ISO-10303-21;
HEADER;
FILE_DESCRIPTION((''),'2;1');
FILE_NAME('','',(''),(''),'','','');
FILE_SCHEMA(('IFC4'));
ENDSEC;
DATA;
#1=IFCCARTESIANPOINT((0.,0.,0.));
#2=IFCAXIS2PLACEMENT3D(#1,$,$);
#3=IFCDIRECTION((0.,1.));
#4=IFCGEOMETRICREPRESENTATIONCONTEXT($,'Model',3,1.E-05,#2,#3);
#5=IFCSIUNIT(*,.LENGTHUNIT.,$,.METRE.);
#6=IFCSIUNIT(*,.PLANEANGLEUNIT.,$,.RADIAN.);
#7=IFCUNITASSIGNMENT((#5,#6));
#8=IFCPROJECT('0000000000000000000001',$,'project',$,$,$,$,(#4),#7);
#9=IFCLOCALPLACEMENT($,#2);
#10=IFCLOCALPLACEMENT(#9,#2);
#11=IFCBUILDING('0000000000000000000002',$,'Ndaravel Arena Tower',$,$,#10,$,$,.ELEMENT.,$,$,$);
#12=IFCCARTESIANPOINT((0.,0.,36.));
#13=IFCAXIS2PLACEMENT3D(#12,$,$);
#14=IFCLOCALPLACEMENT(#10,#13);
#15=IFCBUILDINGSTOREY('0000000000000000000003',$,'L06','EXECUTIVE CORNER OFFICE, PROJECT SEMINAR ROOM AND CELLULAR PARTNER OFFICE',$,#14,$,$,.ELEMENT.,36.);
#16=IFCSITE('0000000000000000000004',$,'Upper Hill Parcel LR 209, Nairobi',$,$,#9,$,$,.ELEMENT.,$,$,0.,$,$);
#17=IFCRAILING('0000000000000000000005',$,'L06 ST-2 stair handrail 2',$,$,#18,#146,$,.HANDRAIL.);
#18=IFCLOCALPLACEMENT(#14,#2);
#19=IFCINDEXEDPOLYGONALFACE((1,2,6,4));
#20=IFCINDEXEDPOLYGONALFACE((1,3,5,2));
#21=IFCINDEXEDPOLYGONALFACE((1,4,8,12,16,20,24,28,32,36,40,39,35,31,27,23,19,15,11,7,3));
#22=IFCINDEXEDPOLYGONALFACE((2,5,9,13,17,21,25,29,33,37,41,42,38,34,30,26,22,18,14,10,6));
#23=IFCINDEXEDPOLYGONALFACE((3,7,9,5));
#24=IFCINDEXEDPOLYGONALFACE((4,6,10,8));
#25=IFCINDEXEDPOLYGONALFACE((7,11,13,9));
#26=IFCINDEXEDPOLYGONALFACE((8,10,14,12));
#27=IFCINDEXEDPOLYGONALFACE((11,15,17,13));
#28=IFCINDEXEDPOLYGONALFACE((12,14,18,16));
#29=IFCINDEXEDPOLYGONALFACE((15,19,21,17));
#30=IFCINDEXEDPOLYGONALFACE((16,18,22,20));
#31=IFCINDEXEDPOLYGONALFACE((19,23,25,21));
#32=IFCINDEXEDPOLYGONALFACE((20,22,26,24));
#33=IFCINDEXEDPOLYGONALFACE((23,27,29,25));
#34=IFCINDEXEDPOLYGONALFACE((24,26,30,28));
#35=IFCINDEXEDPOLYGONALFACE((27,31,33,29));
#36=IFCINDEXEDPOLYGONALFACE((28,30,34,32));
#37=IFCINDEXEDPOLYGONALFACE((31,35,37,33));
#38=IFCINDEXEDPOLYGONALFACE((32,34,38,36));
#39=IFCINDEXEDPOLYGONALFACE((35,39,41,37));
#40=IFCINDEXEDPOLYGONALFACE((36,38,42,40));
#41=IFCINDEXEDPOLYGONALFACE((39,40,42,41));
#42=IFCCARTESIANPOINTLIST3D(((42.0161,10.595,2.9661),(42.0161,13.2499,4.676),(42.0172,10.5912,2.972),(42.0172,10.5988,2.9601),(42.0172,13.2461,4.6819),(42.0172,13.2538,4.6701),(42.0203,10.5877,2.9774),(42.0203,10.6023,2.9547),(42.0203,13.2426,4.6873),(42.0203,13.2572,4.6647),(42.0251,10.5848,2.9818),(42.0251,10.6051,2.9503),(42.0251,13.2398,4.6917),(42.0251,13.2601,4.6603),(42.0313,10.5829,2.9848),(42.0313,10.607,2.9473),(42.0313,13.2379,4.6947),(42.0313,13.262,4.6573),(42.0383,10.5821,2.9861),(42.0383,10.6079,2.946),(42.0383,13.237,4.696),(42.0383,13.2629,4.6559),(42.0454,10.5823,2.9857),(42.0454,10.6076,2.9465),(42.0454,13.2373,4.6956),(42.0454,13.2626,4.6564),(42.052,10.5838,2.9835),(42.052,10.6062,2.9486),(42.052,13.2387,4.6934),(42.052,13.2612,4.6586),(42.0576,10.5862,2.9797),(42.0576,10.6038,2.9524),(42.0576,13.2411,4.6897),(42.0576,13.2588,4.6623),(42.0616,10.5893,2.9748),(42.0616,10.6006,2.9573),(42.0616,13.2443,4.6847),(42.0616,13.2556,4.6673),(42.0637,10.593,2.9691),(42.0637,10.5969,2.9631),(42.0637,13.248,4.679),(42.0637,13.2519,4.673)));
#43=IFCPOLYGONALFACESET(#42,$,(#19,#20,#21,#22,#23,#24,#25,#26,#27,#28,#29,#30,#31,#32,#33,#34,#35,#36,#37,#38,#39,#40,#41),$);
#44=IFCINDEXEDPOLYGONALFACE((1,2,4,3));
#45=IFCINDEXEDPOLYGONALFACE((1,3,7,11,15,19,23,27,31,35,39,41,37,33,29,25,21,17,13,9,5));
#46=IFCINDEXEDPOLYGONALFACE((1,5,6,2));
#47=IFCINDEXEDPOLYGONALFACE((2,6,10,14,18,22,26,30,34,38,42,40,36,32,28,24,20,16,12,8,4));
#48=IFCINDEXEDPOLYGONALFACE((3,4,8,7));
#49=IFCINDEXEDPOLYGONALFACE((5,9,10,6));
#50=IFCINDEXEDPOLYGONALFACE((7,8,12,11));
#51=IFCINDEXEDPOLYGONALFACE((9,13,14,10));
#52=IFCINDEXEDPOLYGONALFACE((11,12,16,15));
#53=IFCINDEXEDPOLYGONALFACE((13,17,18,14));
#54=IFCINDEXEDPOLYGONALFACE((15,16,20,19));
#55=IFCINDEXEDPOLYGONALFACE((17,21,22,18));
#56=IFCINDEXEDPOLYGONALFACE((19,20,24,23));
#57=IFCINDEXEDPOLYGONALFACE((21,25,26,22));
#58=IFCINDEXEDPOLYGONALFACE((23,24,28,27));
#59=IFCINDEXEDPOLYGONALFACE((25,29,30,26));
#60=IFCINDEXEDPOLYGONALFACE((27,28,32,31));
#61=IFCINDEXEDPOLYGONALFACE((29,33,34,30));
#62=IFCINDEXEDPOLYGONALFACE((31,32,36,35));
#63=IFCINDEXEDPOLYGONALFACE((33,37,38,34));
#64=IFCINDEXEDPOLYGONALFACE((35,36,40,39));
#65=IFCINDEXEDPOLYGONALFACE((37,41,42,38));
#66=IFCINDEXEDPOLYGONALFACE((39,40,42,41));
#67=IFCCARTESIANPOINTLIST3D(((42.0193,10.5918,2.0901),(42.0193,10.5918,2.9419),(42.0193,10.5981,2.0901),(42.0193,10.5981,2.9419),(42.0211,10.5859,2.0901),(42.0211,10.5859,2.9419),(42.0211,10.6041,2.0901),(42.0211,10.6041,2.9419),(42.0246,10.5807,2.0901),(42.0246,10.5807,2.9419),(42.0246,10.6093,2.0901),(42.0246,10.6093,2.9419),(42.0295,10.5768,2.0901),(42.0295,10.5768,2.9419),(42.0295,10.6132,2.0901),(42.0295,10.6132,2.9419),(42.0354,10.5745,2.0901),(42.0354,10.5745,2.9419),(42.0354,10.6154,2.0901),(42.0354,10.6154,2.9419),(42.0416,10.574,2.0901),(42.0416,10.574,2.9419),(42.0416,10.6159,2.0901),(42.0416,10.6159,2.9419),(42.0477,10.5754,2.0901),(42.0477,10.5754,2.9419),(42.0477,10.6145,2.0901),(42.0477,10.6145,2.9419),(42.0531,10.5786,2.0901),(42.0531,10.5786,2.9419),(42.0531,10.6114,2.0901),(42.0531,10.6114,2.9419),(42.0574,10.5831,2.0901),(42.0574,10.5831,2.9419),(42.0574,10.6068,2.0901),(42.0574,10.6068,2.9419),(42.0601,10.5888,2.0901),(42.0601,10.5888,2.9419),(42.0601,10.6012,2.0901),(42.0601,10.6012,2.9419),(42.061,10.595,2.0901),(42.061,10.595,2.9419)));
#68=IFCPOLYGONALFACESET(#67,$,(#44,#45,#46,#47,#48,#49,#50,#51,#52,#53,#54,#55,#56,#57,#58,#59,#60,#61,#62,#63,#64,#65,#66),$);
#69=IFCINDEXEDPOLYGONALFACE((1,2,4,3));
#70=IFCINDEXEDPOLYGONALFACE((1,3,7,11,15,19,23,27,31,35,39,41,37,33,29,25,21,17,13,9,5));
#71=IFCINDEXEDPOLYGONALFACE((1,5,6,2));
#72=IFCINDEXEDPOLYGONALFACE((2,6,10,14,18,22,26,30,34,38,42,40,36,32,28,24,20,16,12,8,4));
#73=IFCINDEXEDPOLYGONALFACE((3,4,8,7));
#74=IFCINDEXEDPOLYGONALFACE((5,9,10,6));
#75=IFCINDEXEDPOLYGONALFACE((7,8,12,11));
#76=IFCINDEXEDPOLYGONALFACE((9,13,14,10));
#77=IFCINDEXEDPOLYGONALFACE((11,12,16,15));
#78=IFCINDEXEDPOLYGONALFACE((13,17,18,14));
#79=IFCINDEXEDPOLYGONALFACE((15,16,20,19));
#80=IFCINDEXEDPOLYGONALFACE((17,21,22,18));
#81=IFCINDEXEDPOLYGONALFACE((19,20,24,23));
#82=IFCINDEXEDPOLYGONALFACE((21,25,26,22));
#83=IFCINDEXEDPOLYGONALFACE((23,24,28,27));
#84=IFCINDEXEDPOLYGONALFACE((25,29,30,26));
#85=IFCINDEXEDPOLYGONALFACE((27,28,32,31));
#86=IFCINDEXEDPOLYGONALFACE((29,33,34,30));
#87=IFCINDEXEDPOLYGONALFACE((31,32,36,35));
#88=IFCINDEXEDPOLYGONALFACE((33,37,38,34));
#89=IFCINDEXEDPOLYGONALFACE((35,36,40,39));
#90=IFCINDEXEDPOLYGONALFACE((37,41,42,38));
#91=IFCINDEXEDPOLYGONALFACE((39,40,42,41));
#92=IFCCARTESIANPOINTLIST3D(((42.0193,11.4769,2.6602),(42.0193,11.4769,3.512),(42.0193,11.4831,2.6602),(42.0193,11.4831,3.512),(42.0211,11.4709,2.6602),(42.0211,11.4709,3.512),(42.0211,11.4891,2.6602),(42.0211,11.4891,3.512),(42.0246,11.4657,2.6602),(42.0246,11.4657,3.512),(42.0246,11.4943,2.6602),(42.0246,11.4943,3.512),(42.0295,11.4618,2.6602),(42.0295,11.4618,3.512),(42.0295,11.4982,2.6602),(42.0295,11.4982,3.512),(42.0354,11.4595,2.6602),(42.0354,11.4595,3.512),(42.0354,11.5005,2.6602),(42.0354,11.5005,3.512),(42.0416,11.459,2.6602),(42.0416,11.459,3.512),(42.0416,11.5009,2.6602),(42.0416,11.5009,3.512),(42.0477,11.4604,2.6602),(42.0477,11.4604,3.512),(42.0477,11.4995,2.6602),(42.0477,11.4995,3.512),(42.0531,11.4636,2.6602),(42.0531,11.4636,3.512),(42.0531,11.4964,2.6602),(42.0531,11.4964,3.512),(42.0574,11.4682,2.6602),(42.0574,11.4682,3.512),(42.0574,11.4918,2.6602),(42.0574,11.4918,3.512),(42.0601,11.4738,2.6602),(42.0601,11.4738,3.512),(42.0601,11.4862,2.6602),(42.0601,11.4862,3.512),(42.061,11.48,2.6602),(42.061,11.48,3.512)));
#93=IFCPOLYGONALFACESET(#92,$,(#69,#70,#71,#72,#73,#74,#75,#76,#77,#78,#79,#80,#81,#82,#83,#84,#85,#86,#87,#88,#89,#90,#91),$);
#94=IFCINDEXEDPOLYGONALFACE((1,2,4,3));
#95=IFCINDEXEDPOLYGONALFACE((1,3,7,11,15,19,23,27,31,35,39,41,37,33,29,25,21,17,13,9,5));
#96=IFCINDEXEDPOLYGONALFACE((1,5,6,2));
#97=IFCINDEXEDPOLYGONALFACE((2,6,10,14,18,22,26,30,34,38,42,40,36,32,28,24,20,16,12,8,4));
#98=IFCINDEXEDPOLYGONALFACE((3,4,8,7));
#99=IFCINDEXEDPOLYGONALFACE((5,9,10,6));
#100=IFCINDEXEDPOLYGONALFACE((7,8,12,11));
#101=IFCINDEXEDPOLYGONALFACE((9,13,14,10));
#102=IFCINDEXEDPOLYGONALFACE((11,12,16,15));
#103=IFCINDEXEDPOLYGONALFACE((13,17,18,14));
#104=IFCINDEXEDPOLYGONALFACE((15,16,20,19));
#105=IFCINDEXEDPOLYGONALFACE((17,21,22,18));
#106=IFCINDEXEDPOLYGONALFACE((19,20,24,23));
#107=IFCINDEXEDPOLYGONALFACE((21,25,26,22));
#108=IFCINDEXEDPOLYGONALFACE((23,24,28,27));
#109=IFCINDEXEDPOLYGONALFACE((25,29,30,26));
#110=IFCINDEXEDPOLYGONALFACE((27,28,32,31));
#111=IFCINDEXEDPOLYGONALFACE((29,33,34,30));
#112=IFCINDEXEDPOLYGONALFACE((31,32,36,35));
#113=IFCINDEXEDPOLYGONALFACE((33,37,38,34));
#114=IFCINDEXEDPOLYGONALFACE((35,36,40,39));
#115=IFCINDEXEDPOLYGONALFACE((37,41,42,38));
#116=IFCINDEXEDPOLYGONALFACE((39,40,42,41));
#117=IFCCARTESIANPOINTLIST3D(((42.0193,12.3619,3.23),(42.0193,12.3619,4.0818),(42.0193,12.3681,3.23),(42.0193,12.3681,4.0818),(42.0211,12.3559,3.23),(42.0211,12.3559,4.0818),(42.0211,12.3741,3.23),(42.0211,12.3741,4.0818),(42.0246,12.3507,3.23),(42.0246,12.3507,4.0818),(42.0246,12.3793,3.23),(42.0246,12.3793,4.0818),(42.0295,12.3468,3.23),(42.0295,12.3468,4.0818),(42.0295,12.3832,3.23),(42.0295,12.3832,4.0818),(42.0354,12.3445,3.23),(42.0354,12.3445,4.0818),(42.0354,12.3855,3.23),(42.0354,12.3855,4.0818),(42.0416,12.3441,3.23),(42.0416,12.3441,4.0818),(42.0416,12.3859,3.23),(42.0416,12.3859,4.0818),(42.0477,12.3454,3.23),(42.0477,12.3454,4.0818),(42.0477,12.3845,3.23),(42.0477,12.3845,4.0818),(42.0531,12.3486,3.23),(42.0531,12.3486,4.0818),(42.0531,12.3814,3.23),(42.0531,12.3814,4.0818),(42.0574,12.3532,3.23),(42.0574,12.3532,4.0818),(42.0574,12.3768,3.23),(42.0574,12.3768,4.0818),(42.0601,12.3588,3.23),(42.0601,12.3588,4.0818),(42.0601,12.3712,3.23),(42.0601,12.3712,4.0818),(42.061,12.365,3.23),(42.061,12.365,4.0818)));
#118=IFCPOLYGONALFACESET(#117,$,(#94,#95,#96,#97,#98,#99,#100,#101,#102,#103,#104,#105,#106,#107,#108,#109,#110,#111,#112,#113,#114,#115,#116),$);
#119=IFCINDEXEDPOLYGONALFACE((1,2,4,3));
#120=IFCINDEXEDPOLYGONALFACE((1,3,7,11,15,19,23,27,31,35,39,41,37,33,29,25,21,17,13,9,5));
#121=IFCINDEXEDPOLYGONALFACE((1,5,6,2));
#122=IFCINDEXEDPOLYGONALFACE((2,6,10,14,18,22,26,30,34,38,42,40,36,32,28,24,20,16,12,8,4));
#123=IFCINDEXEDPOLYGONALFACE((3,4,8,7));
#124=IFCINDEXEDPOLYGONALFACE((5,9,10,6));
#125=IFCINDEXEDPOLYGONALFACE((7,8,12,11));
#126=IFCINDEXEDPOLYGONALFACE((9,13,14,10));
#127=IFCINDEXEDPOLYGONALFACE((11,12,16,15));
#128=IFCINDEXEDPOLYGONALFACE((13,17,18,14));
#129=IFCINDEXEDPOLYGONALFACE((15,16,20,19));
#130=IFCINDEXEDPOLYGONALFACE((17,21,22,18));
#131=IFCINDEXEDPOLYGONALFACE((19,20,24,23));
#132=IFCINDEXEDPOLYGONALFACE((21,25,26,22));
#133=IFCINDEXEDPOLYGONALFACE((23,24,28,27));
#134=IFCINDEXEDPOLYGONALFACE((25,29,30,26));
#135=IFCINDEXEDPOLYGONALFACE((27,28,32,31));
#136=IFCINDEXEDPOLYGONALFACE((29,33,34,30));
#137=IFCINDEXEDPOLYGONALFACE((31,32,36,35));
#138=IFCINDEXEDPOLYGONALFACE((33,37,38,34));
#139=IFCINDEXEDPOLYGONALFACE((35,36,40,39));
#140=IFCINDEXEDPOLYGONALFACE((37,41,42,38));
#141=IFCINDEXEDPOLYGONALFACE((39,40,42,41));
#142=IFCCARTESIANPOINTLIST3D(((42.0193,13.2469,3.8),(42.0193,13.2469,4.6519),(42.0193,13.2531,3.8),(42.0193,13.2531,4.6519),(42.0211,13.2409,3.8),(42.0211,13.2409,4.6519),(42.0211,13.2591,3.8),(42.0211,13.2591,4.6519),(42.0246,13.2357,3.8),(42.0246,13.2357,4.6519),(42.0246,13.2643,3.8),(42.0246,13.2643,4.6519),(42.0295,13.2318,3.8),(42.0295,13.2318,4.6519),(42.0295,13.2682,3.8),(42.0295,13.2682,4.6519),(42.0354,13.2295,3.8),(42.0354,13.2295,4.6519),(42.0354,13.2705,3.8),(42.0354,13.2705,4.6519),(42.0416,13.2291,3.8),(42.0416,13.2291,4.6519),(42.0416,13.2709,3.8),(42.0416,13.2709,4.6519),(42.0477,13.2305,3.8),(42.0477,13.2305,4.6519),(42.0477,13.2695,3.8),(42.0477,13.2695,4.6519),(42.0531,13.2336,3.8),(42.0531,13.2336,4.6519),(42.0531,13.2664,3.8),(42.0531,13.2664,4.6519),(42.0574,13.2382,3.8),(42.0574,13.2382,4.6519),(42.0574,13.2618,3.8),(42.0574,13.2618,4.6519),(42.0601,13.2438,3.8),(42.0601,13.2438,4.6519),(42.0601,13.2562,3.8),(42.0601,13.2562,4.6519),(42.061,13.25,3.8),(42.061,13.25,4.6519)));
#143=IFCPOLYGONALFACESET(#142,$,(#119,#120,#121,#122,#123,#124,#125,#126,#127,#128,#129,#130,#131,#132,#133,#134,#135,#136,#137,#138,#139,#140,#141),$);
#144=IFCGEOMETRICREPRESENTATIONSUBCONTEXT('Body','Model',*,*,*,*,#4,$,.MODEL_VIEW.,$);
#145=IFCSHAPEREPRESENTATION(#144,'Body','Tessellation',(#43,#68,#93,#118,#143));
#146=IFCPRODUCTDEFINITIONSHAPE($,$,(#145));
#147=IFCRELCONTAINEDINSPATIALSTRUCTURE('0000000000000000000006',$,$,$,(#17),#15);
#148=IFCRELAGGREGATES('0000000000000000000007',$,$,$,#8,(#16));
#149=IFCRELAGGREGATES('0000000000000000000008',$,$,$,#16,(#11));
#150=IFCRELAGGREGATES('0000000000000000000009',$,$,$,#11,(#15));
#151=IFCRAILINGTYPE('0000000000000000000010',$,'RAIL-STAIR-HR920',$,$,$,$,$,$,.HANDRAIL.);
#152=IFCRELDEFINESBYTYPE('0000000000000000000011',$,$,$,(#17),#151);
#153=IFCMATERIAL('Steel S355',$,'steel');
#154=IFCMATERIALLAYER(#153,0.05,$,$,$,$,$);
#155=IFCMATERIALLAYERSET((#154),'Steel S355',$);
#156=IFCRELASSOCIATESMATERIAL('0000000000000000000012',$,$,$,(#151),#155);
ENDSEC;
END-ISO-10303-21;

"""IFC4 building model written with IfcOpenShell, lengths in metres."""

from ifc_helpers import new_model, si_unit, direction, frame, origin, origin_2d, place, context, subcontext, project, spatial, circle, extrude, material, layer, layer_set, type_object, element, save


model = new_model("IFC4")

# Units and contexts
model_context = context("Model", 3, precision=1e-05, world=origin(), true_north=direction((0.0, 1.0)))
body_context = subcontext(model_context, "Body", "Model", "MODEL_VIEW")
ifc_project = project(units=[si_unit("LENGTHUNIT", "METRE"), si_unit("PLANEANGLEUNIT", "RADIAN")], contexts=[model_context])

# Site, building, storey
site_placement = place(None, origin())
site = spatial("IfcSite", under=ifc_project, at=site_placement, Name="Upper Hill Parcel LR 209, Nairobi", CompositionType="ELEMENT", RefElevation=0.0)
building_placement = place(site_placement, origin())
building = spatial("IfcBuilding", under=site, at=building_placement, Name="Ndaravel Arena Tower", CompositionType="ELEMENT")
storey_placement = place(building_placement, frame((0.0, 0.0, 36.0)))
storey = spatial("IfcBuildingStorey", under=building, at=storey_placement, Name="L06", Description="EXECUTIVE CORNER OFFICE, PROJECT SEMINAR ROOM AND CELLULAR PARTNER OFFICE", CompositionType="ELEMENT", Elevation=36.0)

# Railing
ifc_material_1 = material(Name="Steel S355", Category="steel")
ifc_layer_1 = layer(ifc_material_1, 0.05)
ifc_layer_set_1 = layer_set([ifc_layer_1], Name="Steel S355")
railing_type_1 = type_object("IfcRailingType", Name="RAIL-STAIR-HR920", PredefinedType="HANDRAIL", material=ifc_layer_set_1)
railing_1_placement = place(storey_placement, frame((42.04, 10.595, 2.0901)))
element("IfcRailing", 1, at=railing_1_placement, inside=storey, type_object=railing_type_1, Name="L06 ST-2 stair handrail 2", PredefinedType="HANDRAIL", context=body_context, shape_type="SweptSolid", body=[
    extrude(circle(Radius=0.0239, at=origin_2d()), frame((0.0, 0.0, 0.876), z_axis=(0.0, 0.840724, 0.541465), x_axis=(-1.0, 0.0, 0.0)), (0.0, 0.0, 1.0), 3.158),
    extrude(circle(Radius=0.021, at=origin_2d()), origin(), (0.0, 0.0, 1.0), 0.8518),
    extrude(circle(Radius=0.021, at=origin_2d()), frame((0.0, 0.885, 0.5701)), (0.0, 0.0, 1.0), 0.8518),
    extrude(circle(Radius=0.021, at=origin_2d()), frame((0.0, 1.77, 1.1399)), (0.0, 0.0, 1.0), 0.8518),
    extrude(circle(Radius=0.021, at=origin_2d()), frame((0.0, 2.655, 1.71)), (0.0, 0.0, 1.0), 0.8518),
])

save(model, "model.ifc")
